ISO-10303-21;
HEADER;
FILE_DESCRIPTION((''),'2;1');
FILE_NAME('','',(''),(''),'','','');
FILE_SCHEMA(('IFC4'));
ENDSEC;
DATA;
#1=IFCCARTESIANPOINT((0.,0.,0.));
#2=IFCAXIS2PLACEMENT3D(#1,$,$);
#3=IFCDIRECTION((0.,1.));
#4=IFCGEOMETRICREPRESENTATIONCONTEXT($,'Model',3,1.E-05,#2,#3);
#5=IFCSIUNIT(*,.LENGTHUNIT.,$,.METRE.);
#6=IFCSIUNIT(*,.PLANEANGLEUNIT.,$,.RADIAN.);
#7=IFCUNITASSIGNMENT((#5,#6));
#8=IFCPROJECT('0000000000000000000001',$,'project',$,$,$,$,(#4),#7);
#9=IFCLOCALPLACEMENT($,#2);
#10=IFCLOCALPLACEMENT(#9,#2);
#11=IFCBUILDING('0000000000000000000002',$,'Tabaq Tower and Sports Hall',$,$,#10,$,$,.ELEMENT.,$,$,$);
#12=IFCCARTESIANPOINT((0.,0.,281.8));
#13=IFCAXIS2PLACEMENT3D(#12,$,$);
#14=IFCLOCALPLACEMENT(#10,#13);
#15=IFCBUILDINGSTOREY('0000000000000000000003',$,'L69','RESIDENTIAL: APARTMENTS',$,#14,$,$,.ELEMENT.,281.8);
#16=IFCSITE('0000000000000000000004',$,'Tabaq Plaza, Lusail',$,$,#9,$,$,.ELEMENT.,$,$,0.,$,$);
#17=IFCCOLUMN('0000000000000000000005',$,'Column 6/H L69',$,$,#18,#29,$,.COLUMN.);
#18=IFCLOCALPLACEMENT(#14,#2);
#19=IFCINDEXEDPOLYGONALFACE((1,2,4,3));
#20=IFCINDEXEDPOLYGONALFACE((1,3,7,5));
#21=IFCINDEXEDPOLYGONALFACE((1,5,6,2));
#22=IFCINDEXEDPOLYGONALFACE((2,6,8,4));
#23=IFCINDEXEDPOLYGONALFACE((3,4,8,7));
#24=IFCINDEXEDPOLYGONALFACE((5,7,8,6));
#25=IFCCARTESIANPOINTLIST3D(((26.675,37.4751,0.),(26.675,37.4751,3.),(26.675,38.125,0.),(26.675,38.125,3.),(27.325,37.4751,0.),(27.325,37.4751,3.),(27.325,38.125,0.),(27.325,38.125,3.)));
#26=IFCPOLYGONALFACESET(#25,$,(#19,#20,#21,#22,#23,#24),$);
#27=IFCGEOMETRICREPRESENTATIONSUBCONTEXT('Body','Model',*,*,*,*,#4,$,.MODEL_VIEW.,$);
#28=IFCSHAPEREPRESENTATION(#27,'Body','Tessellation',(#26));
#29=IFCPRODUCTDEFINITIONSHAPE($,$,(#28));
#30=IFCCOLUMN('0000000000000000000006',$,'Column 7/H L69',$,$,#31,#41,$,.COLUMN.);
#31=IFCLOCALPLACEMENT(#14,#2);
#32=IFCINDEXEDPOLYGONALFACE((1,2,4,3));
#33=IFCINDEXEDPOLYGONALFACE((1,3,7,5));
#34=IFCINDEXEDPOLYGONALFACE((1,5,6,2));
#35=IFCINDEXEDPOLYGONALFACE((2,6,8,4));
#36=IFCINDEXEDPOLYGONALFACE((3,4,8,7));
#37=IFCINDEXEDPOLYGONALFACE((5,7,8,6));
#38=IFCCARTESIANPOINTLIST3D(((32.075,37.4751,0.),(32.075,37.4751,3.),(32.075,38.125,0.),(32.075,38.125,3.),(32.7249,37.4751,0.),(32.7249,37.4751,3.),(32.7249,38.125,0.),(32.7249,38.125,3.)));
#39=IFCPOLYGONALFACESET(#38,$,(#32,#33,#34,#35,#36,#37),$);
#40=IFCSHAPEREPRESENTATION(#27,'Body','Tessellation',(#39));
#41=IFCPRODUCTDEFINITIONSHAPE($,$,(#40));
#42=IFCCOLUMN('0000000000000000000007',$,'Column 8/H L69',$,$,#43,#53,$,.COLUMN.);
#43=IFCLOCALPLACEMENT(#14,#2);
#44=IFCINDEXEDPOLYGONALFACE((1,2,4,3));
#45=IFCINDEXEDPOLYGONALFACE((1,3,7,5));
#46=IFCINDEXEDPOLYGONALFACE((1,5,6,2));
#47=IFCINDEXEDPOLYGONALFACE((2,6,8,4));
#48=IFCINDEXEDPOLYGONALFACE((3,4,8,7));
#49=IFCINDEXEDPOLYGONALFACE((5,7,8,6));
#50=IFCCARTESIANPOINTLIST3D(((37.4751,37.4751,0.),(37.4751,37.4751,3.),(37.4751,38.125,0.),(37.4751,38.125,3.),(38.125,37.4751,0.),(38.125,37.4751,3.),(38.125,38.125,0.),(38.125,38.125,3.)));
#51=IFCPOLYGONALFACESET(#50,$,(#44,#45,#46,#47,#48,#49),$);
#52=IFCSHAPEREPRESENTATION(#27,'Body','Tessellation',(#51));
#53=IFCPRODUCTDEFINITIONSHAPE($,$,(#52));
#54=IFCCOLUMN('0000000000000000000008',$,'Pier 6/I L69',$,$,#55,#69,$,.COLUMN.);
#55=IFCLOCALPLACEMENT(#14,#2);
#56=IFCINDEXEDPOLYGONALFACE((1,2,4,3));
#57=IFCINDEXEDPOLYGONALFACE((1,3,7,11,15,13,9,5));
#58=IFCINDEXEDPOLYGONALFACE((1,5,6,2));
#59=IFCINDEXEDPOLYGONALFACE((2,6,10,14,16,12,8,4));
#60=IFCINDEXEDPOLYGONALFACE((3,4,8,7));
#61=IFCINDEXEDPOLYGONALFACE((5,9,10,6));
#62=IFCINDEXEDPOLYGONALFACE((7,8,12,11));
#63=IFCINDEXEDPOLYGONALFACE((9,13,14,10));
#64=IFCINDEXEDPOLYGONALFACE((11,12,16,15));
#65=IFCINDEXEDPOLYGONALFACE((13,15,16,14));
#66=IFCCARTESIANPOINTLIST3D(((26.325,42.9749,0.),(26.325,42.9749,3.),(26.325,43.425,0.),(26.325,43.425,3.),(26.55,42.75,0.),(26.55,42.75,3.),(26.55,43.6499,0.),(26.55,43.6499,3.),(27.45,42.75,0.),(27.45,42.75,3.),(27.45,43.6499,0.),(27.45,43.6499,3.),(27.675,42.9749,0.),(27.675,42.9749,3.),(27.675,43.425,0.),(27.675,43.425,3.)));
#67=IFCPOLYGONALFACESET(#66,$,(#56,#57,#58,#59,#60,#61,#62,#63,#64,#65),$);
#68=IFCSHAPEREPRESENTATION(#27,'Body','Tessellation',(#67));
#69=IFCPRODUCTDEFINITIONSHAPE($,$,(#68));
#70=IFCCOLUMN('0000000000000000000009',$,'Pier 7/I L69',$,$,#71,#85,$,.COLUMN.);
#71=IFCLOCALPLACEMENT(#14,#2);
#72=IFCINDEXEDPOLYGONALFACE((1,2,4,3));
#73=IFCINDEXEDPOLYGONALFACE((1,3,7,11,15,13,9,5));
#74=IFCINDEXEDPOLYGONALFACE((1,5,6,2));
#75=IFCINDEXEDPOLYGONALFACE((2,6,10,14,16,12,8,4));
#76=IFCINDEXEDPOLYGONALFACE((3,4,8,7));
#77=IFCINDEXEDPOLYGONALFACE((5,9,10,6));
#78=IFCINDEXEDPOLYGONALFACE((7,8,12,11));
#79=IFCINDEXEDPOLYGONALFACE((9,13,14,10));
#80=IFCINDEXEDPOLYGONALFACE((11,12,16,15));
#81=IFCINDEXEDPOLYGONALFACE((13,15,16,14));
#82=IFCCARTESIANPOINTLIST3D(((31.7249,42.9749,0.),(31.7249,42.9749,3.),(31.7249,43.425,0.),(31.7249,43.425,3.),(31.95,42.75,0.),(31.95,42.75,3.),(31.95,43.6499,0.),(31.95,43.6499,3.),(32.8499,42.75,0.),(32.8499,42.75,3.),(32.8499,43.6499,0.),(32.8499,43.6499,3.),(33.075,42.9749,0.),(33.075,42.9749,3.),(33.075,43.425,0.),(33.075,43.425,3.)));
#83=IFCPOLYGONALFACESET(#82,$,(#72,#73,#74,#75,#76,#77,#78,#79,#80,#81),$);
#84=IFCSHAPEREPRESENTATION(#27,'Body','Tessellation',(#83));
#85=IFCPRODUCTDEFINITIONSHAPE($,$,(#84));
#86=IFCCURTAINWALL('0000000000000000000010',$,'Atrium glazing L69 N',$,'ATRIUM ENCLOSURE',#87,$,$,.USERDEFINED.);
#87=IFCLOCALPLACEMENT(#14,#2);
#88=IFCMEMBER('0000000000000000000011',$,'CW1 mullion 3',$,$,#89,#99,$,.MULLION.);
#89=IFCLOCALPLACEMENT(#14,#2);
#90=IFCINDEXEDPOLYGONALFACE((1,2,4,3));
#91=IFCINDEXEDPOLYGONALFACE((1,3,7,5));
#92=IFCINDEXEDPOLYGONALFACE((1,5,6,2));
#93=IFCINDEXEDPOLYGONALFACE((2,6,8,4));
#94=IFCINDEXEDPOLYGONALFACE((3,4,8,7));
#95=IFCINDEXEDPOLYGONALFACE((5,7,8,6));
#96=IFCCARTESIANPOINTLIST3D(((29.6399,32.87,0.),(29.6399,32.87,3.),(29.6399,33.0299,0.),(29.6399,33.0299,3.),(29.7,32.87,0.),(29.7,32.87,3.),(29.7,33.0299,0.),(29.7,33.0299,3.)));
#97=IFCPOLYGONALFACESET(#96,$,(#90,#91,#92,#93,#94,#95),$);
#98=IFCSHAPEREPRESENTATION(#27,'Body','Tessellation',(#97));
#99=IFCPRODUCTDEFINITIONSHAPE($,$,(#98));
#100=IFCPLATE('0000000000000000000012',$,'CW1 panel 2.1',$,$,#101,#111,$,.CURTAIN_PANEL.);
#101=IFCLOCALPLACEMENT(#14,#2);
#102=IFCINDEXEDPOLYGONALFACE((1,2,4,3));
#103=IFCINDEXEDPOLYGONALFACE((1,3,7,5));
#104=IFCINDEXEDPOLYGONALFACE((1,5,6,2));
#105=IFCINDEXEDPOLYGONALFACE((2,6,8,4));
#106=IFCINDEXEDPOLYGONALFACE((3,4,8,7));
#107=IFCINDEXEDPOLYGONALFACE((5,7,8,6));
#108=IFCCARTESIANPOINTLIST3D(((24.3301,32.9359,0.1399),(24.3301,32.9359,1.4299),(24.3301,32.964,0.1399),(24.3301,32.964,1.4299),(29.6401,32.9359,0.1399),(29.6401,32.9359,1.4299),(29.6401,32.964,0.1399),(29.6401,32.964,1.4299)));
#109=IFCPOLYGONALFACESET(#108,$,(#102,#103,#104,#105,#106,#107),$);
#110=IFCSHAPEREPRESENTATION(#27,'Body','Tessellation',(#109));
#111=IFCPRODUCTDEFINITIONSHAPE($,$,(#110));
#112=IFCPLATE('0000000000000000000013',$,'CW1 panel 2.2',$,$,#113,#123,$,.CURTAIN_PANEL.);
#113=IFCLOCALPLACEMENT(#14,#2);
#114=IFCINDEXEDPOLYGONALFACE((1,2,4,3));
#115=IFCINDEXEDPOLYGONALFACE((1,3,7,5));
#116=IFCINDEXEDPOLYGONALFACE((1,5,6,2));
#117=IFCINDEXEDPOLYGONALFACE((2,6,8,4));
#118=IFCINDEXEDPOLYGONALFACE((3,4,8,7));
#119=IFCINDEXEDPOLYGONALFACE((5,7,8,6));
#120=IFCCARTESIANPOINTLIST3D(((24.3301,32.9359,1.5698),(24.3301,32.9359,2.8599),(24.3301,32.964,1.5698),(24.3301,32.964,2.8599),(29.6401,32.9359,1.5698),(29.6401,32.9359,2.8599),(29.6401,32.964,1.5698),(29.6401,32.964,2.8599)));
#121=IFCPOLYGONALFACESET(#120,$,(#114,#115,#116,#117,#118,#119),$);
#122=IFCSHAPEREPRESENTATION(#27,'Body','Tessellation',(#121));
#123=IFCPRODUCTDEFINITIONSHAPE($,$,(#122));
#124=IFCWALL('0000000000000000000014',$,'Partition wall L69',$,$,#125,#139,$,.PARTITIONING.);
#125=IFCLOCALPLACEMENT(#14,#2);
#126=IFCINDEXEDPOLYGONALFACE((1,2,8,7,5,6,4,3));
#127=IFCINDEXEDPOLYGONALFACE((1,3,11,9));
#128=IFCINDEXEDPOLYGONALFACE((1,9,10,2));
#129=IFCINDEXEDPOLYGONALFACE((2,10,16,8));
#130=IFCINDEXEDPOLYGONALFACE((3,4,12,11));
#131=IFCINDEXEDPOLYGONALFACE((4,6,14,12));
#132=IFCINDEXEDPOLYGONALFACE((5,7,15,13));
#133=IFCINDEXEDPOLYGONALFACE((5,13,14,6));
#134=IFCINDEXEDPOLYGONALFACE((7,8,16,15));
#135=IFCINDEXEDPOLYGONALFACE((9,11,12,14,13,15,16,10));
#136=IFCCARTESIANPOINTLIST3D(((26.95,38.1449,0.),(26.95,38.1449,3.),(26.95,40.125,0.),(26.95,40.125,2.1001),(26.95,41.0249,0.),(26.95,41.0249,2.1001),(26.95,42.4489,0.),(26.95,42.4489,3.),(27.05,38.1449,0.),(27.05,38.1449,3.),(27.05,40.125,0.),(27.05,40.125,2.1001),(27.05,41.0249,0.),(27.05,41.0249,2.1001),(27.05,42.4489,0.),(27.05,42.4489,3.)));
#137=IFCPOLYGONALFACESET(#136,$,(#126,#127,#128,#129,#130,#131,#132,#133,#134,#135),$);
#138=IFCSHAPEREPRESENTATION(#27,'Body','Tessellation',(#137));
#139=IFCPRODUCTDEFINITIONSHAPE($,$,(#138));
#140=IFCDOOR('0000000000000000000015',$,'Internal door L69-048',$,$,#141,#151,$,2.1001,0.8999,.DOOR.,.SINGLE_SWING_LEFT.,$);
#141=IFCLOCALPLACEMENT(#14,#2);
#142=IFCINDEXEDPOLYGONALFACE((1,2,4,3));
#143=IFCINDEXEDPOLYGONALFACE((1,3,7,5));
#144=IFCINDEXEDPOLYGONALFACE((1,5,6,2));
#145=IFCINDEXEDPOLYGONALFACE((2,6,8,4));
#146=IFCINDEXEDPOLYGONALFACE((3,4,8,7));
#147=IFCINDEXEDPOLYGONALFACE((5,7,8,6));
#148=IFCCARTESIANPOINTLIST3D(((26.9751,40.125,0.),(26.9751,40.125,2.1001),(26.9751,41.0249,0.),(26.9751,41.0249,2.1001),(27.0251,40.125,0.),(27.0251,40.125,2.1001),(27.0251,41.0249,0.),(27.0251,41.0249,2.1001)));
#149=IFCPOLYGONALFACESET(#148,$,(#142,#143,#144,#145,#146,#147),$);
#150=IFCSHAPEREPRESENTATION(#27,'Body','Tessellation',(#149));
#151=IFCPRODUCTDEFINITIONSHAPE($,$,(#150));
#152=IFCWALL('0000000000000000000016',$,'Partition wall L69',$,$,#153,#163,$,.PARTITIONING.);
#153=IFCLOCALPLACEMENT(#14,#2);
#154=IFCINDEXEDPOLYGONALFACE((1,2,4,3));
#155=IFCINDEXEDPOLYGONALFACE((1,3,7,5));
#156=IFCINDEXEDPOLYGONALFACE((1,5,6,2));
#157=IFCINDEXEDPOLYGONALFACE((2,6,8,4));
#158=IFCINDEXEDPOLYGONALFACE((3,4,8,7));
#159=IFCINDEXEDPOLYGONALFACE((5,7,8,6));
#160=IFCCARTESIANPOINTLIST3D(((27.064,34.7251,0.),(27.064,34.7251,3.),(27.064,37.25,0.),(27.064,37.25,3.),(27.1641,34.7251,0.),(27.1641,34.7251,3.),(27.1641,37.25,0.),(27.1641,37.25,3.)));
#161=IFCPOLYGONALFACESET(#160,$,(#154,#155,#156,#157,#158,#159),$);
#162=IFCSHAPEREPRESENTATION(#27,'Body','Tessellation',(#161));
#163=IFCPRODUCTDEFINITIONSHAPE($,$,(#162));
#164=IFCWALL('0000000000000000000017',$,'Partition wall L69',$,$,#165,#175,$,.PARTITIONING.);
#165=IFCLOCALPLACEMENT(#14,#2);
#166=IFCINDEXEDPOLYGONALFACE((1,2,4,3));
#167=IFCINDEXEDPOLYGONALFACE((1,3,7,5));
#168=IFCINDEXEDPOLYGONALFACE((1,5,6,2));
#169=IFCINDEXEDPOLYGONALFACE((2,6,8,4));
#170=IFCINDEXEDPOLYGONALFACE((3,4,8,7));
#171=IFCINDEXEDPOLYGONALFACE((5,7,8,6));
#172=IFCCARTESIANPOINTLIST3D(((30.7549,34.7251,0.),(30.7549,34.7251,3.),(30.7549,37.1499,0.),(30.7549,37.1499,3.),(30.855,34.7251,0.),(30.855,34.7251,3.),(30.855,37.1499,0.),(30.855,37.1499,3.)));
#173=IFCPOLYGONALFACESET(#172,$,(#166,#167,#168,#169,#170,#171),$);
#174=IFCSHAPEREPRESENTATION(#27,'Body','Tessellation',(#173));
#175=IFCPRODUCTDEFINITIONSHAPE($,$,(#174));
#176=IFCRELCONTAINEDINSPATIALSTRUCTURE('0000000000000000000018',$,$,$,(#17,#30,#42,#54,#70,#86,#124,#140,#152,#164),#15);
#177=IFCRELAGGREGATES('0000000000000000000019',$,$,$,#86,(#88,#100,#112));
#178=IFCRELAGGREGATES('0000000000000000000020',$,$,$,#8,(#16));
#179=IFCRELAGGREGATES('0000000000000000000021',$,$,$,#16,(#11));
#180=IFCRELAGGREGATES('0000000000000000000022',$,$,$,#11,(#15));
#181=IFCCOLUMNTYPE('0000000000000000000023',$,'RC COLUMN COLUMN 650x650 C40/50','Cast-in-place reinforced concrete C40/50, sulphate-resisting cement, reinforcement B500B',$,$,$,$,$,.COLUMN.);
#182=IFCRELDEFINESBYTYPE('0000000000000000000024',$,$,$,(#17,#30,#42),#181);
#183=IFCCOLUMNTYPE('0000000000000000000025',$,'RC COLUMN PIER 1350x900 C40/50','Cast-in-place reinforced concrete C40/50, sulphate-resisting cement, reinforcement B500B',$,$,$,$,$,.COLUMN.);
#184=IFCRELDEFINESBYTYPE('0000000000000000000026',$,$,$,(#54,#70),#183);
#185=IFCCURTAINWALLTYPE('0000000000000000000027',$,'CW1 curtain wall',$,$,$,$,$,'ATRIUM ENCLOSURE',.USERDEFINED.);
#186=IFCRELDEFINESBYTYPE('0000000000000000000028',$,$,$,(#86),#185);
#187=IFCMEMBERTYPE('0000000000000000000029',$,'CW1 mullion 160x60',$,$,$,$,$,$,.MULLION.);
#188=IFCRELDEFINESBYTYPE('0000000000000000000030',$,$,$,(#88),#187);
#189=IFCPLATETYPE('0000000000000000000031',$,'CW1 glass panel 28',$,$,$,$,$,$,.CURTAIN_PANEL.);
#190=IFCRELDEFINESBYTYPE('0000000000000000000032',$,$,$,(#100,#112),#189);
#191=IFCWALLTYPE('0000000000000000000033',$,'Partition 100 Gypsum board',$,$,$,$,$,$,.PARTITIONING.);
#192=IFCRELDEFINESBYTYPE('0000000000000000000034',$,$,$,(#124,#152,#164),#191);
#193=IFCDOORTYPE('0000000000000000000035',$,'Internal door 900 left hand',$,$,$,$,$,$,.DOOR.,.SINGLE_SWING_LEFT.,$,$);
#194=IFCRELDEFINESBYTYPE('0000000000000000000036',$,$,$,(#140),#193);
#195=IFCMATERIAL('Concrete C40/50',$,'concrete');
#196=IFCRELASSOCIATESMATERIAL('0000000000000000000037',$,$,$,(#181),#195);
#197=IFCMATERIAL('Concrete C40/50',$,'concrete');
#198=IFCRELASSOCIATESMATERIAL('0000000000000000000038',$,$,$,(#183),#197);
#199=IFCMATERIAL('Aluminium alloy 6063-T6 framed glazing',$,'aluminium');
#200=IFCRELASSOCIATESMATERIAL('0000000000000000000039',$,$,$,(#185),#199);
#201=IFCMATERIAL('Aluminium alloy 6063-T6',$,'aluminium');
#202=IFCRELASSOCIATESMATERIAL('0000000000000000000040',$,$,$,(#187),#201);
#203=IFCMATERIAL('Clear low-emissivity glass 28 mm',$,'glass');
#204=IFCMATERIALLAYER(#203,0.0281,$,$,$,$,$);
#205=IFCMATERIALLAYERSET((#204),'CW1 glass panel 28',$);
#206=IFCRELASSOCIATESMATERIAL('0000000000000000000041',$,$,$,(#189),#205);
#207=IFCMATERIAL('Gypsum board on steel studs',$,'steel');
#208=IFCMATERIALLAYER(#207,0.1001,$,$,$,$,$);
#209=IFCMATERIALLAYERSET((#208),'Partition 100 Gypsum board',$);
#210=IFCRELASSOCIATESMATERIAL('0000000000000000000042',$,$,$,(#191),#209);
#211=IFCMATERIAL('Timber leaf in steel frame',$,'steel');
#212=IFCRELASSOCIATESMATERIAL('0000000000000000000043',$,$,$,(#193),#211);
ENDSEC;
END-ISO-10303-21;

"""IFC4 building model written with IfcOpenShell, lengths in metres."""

from ifc_helpers import new_model, si_unit, direction, frame, frame_2d, origin, origin_2d, place, context, subcontext, project, spatial, polyline, rectangle, outline, extrude, material, layer, layer_set, material_profile, profile_set, type_object, element, fill, aggregate, save


model = new_model("IFC4")

# Units and contexts
model_context = context("Model", 3, precision=1e-05, world=origin(), true_north=direction((0.0, 1.0)))
body_context = subcontext(model_context, "Body", "Model", "MODEL_VIEW")
ifc_project = project(units=[si_unit("LENGTHUNIT", "METRE"), si_unit("PLANEANGLEUNIT", "RADIAN")], contexts=[model_context])

# Site, building, storey
site_placement = place(None, origin())
site = spatial("IfcSite", under=ifc_project, at=site_placement, Name="Tabaq Plaza, Lusail", CompositionType="ELEMENT", RefElevation=0.0)
building_placement = place(site_placement, origin())
building = spatial("IfcBuilding", under=site, at=building_placement, Name="Tabaq Tower and Sports Hall", CompositionType="ELEMENT")
storey_placement = place(building_placement, frame((0.0, 0.0, 281.8)))
storey = spatial("IfcBuildingStorey", under=building, at=storey_placement, Name="L69", Description="RESIDENTIAL: APARTMENTS", CompositionType="ELEMENT", Elevation=281.8)

# Columns
ifc_material_1 = material(Name="Concrete C40/50", Category="concrete")
ifc_material_profile_1 = material_profile(ifc_material_1, rectangle(XDim=0.6499, YDim=0.6499, at=origin_2d()), Name="COLUMN 650x650")
ifc_profile_set_1 = profile_set([ifc_material_profile_1], Name="Concrete C40/50")
column_type_1 = type_object("IfcColumnType", Name="RC COLUMN COLUMN 650x650 C40/50", Description="Cast-in-place reinforced concrete C40/50, sulphate-resisting cement, reinforcement B500B", PredefinedType="COLUMN", material=ifc_profile_set_1)
for number, where, z_axis, x_axis, name in (
    (1, (27.0, 37.8, 0.0), (0.0, 0.0, 1.0), (1.0, 0.0, 0.0), "Column 6/H L69"),
    (2, (32.3999, 37.8, 0.0), (0.0, 0.0, 1.0), (1.0, 0.0, 0.0), "Column 7/H L69"),
    (3, (37.8, 37.8, 0.0), (0.0, 0.0, 1.0), (1.0, 0.0, 0.0), "Column 8/H L69"),
):
    element("IfcColumn", number, at=place(storey_placement, frame(where, z_axis=z_axis, x_axis=x_axis)), inside=storey, type_object=column_type_1, Name=name, PredefinedType="COLUMN", context=body_context, shape_type="SweptSolid", body=[
        extrude(rectangle(XDim=0.6499, YDim=0.6499, at=origin_2d()), origin(), (0.0, 0.0, 1.0), 3.0),
    ])
ifc_material_2 = material(Name="Concrete C40/50", Category="concrete")
ifc_material_profile_2 = material_profile(ifc_material_2, outline(polyline([(-0.45, -0.45), (0.45, -0.45), (0.675, -0.2251), (0.675, 0.2251), (0.45, 0.45), (-0.45, 0.45), (-0.675, 0.2251), (-0.675, -0.2251), (-0.45, -0.45)])), Name="PIER 1350x900")
ifc_profile_set_2 = profile_set([ifc_material_profile_2], Name="Concrete C40/50")
column_type_2 = type_object("IfcColumnType", Name="RC COLUMN PIER 1350x900 C40/50", Description="Cast-in-place reinforced concrete C40/50, sulphate-resisting cement, reinforcement B500B", PredefinedType="COLUMN", material=ifc_profile_set_2)
for number, where, z_axis, x_axis, name in (
    (4, (27.0, 43.2, 0.0), (0.0, 0.0, 1.0), (1.0, 0.0, 0.0), "Pier 6/I L69"),
    (5, (32.3999, 43.2, 0.0), (0.0, 0.0, 1.0), (1.0, 0.0, 0.0), "Pier 7/I L69"),
):
    element("IfcColumn", number, at=place(storey_placement, frame(where, z_axis=z_axis, x_axis=x_axis)), inside=storey, type_object=column_type_2, Name=name, PredefinedType="COLUMN", context=body_context, shape_type="SweptSolid", body=[
        extrude(outline(polyline([(-0.45, -0.45), (0.45, -0.45), (0.675, -0.2251), (0.675, 0.2251), (0.45, 0.45), (-0.45, 0.45), (-0.675, 0.2251), (-0.675, -0.2251), (-0.45, -0.45)])), origin(), (0.0, 0.0, 1.0), 3.0),
    ])

# Curtain wall, member, plates
ifc_material_3 = material(Name="Aluminium alloy 6063-T6 framed glazing", Category="aluminium")
curtain_wall_type = type_object("IfcCurtainWallType", Name="CW1 curtain wall", ElementType="ATRIUM ENCLOSURE", PredefinedType="USERDEFINED", material=ifc_material_3)
curtain_wall_placement = place(storey_placement, origin())
curtain_wall = element("IfcCurtainWall", 6, at=curtain_wall_placement, inside=storey, type_object=curtain_wall_type, Name="Atrium glazing L69 N", ObjectType="ATRIUM ENCLOSURE", PredefinedType="USERDEFINED")
ifc_material_4 = material(Name="Aluminium alloy 6063-T6", Category="aluminium")
ifc_material_profile_3 = material_profile(ifc_material_4, rectangle(XDim=0.1599, YDim=0.0601, at=origin_2d()), Name="MULLION 160x60")
ifc_profile_set_3 = profile_set([ifc_material_profile_3], Name="Aluminium alloy 6063-T6")
member_type = type_object("IfcMemberType", Name="CW1 mullion 160x60", PredefinedType="MULLION", material=ifc_profile_set_3)
member_placement = place(storey_placement, frame((29.6699, 32.95, 0.0), z_axis=(0.0, 0.0, 1.0), x_axis=(0.0, 1.0, 0.0)))
member = element("IfcMember", 7, at=member_placement, type_object=member_type, Name="CW1 mullion 3", PredefinedType="MULLION", context=body_context, shape_type="SweptSolid", body=[
    extrude(rectangle(XDim=0.1599, YDim=0.0601, at=origin_2d()), origin(), (0.0, 0.0, 1.0), 3.0),
])
ifc_material_5 = material(Name="Clear low-emissivity glass 28 mm", Category="glass")
ifc_layer_1 = layer(ifc_material_5, 0.0281)
ifc_layer_set_1 = layer_set([ifc_layer_1], Name="CW1 glass panel 28")
plate_type = type_object("IfcPlateType", Name="CW1 glass panel 28", PredefinedType="CURTAIN_PANEL", material=ifc_layer_set_1)
plate_1_placement = place(storey_placement, frame((26.9851, 32.95, 0.1399), z_axis=(0.0, 0.0, 1.0), x_axis=(1.0, 0.0, 0.0)))
plate_1 = element("IfcPlate", 8, at=plate_1_placement, type_object=plate_type, Name="CW1 panel 2.1", PredefinedType="CURTAIN_PANEL", context=body_context, shape_type="SweptSolid", body=[
    extrude(rectangle(XDim=5.3101, YDim=0.0281, at=origin_2d()), origin(), (0.0, 0.0, 1.0), 1.29),
])
plate_2_placement = place(storey_placement, frame((26.9851, 32.95, 1.5698), z_axis=(0.0, 0.0, 1.0), x_axis=(1.0, 0.0, 0.0)))
plate_2 = element("IfcPlate", 9, at=plate_2_placement, type_object=plate_type, Name="CW1 panel 2.2", PredefinedType="CURTAIN_PANEL", context=body_context, shape_type="SweptSolid", body=[
    extrude(rectangle(XDim=5.3101, YDim=0.0281, at=origin_2d()), origin(), (0.0, 0.0, 1.0), 1.29),
])
aggregate(curtain_wall, [member, plate_1, plate_2])

# Wall, opening, door
ifc_material_6 = material(Name="Gypsum board on steel studs", Category="steel")
ifc_layer_2 = layer(ifc_material_6, 0.1001)
ifc_layer_set_2 = layer_set([ifc_layer_2], Name="Partition 100 Gypsum board")
wall_type_1 = type_object("IfcWallType", Name="Partition 100 Gypsum board", PredefinedType="PARTITIONING", material=ifc_layer_set_2)
wall_1_placement = place(storey_placement, frame((27.0, 38.145, 0.0), z_axis=(0.0, 0.0, 1.0), x_axis=(0.0, 1.0, 0.0)))
wall_1 = element("IfcWall", 10, at=wall_1_placement, inside=storey, type_object=wall_type_1, Name="Partition wall L69", PredefinedType="PARTITIONING", context=body_context, shape_type="SweptSolid", body=[
    extrude(rectangle(XDim=4.304, YDim=0.1001, at=frame_2d((2.1519, 0.0))), origin(), (0.0, 0.0, 1.0), 3.0),
])
opening_1_placement = place(wall_1_placement, frame((1.98, 0.0, 0.0)))
opening_1 = element("IfcOpeningElement", 11, at=opening_1_placement, cuts=wall_1, PredefinedType="OPENING", context=body_context, shape_type="SweptSolid", body=[
    extrude(rectangle(XDim=0.8999, YDim=2.1001, at=frame_2d((0.45, 1.05))), frame((0.0, 0.05, 0.0), z_axis=(0.0, -1.0, 0.0), x_axis=(1.0, 0.0, 0.0)), (0.0, 0.0, 1.0), 0.1001),
])
ifc_material_7 = material(Name="Timber leaf in steel frame", Category="steel")
door_type_1 = type_object("IfcDoorType", Name="Internal door 900 left hand", OperationType="SINGLE_SWING_LEFT", PredefinedType="DOOR", material=ifc_material_7)
door_1_placement = place(opening_1_placement, origin())
door_1 = element("IfcDoor", 12, at=door_1_placement, inside=storey, type_object=door_type_1, Name="Internal door L69-048", OperationType="SINGLE_SWING_LEFT", OverallHeight=2.1001, OverallWidth=0.8999, PredefinedType="DOOR", context=body_context, shape_type="SweptSolid", body=[
    extrude(rectangle(XDim=0.8999, YDim=2.1001, at=frame_2d((0.45, 1.05))), frame((0.0, 0.0249, 0.0), z_axis=(0.0, -1.0, 0.0), x_axis=(1.0, 0.0, 0.0)), (0.0, 0.0, 1.0), 0.05),
])
fill(opening_1, door_1)

# Walls
wall_2_placement = place(storey_placement, frame((27.114, 34.7251, 0.0), z_axis=(0.0, 0.0, 1.0), x_axis=(0.0, 1.0, 0.0)))
element("IfcWall", 13, at=wall_2_placement, inside=storey, type_object=wall_type_1, Name="Partition wall L69", PredefinedType="PARTITIONING", context=body_context, shape_type="SweptSolid", body=[
    extrude(rectangle(XDim=2.5249, YDim=0.1001, at=frame_2d((1.2625, 0.0))), origin(), (0.0, 0.0, 1.0), 3.0),
])
wall_3_placement = place(storey_placement, frame((30.8049, 34.7251, 0.0), z_axis=(0.0, 0.0, 1.0), x_axis=(0.0, 1.0, 0.0)))
element("IfcWall", 14, at=wall_3_placement, inside=storey, type_object=wall_type_1, Name="Partition wall L69", PredefinedType="PARTITIONING", context=body_context, shape_type="SweptSolid", body=[
    extrude(rectangle(XDim=2.4248, YDim=0.1001, at=frame_2d((1.2124, 0.0))), origin(), (0.0, 0.0, 1.0), 3.0),
])

save(model, "model.ifc")
